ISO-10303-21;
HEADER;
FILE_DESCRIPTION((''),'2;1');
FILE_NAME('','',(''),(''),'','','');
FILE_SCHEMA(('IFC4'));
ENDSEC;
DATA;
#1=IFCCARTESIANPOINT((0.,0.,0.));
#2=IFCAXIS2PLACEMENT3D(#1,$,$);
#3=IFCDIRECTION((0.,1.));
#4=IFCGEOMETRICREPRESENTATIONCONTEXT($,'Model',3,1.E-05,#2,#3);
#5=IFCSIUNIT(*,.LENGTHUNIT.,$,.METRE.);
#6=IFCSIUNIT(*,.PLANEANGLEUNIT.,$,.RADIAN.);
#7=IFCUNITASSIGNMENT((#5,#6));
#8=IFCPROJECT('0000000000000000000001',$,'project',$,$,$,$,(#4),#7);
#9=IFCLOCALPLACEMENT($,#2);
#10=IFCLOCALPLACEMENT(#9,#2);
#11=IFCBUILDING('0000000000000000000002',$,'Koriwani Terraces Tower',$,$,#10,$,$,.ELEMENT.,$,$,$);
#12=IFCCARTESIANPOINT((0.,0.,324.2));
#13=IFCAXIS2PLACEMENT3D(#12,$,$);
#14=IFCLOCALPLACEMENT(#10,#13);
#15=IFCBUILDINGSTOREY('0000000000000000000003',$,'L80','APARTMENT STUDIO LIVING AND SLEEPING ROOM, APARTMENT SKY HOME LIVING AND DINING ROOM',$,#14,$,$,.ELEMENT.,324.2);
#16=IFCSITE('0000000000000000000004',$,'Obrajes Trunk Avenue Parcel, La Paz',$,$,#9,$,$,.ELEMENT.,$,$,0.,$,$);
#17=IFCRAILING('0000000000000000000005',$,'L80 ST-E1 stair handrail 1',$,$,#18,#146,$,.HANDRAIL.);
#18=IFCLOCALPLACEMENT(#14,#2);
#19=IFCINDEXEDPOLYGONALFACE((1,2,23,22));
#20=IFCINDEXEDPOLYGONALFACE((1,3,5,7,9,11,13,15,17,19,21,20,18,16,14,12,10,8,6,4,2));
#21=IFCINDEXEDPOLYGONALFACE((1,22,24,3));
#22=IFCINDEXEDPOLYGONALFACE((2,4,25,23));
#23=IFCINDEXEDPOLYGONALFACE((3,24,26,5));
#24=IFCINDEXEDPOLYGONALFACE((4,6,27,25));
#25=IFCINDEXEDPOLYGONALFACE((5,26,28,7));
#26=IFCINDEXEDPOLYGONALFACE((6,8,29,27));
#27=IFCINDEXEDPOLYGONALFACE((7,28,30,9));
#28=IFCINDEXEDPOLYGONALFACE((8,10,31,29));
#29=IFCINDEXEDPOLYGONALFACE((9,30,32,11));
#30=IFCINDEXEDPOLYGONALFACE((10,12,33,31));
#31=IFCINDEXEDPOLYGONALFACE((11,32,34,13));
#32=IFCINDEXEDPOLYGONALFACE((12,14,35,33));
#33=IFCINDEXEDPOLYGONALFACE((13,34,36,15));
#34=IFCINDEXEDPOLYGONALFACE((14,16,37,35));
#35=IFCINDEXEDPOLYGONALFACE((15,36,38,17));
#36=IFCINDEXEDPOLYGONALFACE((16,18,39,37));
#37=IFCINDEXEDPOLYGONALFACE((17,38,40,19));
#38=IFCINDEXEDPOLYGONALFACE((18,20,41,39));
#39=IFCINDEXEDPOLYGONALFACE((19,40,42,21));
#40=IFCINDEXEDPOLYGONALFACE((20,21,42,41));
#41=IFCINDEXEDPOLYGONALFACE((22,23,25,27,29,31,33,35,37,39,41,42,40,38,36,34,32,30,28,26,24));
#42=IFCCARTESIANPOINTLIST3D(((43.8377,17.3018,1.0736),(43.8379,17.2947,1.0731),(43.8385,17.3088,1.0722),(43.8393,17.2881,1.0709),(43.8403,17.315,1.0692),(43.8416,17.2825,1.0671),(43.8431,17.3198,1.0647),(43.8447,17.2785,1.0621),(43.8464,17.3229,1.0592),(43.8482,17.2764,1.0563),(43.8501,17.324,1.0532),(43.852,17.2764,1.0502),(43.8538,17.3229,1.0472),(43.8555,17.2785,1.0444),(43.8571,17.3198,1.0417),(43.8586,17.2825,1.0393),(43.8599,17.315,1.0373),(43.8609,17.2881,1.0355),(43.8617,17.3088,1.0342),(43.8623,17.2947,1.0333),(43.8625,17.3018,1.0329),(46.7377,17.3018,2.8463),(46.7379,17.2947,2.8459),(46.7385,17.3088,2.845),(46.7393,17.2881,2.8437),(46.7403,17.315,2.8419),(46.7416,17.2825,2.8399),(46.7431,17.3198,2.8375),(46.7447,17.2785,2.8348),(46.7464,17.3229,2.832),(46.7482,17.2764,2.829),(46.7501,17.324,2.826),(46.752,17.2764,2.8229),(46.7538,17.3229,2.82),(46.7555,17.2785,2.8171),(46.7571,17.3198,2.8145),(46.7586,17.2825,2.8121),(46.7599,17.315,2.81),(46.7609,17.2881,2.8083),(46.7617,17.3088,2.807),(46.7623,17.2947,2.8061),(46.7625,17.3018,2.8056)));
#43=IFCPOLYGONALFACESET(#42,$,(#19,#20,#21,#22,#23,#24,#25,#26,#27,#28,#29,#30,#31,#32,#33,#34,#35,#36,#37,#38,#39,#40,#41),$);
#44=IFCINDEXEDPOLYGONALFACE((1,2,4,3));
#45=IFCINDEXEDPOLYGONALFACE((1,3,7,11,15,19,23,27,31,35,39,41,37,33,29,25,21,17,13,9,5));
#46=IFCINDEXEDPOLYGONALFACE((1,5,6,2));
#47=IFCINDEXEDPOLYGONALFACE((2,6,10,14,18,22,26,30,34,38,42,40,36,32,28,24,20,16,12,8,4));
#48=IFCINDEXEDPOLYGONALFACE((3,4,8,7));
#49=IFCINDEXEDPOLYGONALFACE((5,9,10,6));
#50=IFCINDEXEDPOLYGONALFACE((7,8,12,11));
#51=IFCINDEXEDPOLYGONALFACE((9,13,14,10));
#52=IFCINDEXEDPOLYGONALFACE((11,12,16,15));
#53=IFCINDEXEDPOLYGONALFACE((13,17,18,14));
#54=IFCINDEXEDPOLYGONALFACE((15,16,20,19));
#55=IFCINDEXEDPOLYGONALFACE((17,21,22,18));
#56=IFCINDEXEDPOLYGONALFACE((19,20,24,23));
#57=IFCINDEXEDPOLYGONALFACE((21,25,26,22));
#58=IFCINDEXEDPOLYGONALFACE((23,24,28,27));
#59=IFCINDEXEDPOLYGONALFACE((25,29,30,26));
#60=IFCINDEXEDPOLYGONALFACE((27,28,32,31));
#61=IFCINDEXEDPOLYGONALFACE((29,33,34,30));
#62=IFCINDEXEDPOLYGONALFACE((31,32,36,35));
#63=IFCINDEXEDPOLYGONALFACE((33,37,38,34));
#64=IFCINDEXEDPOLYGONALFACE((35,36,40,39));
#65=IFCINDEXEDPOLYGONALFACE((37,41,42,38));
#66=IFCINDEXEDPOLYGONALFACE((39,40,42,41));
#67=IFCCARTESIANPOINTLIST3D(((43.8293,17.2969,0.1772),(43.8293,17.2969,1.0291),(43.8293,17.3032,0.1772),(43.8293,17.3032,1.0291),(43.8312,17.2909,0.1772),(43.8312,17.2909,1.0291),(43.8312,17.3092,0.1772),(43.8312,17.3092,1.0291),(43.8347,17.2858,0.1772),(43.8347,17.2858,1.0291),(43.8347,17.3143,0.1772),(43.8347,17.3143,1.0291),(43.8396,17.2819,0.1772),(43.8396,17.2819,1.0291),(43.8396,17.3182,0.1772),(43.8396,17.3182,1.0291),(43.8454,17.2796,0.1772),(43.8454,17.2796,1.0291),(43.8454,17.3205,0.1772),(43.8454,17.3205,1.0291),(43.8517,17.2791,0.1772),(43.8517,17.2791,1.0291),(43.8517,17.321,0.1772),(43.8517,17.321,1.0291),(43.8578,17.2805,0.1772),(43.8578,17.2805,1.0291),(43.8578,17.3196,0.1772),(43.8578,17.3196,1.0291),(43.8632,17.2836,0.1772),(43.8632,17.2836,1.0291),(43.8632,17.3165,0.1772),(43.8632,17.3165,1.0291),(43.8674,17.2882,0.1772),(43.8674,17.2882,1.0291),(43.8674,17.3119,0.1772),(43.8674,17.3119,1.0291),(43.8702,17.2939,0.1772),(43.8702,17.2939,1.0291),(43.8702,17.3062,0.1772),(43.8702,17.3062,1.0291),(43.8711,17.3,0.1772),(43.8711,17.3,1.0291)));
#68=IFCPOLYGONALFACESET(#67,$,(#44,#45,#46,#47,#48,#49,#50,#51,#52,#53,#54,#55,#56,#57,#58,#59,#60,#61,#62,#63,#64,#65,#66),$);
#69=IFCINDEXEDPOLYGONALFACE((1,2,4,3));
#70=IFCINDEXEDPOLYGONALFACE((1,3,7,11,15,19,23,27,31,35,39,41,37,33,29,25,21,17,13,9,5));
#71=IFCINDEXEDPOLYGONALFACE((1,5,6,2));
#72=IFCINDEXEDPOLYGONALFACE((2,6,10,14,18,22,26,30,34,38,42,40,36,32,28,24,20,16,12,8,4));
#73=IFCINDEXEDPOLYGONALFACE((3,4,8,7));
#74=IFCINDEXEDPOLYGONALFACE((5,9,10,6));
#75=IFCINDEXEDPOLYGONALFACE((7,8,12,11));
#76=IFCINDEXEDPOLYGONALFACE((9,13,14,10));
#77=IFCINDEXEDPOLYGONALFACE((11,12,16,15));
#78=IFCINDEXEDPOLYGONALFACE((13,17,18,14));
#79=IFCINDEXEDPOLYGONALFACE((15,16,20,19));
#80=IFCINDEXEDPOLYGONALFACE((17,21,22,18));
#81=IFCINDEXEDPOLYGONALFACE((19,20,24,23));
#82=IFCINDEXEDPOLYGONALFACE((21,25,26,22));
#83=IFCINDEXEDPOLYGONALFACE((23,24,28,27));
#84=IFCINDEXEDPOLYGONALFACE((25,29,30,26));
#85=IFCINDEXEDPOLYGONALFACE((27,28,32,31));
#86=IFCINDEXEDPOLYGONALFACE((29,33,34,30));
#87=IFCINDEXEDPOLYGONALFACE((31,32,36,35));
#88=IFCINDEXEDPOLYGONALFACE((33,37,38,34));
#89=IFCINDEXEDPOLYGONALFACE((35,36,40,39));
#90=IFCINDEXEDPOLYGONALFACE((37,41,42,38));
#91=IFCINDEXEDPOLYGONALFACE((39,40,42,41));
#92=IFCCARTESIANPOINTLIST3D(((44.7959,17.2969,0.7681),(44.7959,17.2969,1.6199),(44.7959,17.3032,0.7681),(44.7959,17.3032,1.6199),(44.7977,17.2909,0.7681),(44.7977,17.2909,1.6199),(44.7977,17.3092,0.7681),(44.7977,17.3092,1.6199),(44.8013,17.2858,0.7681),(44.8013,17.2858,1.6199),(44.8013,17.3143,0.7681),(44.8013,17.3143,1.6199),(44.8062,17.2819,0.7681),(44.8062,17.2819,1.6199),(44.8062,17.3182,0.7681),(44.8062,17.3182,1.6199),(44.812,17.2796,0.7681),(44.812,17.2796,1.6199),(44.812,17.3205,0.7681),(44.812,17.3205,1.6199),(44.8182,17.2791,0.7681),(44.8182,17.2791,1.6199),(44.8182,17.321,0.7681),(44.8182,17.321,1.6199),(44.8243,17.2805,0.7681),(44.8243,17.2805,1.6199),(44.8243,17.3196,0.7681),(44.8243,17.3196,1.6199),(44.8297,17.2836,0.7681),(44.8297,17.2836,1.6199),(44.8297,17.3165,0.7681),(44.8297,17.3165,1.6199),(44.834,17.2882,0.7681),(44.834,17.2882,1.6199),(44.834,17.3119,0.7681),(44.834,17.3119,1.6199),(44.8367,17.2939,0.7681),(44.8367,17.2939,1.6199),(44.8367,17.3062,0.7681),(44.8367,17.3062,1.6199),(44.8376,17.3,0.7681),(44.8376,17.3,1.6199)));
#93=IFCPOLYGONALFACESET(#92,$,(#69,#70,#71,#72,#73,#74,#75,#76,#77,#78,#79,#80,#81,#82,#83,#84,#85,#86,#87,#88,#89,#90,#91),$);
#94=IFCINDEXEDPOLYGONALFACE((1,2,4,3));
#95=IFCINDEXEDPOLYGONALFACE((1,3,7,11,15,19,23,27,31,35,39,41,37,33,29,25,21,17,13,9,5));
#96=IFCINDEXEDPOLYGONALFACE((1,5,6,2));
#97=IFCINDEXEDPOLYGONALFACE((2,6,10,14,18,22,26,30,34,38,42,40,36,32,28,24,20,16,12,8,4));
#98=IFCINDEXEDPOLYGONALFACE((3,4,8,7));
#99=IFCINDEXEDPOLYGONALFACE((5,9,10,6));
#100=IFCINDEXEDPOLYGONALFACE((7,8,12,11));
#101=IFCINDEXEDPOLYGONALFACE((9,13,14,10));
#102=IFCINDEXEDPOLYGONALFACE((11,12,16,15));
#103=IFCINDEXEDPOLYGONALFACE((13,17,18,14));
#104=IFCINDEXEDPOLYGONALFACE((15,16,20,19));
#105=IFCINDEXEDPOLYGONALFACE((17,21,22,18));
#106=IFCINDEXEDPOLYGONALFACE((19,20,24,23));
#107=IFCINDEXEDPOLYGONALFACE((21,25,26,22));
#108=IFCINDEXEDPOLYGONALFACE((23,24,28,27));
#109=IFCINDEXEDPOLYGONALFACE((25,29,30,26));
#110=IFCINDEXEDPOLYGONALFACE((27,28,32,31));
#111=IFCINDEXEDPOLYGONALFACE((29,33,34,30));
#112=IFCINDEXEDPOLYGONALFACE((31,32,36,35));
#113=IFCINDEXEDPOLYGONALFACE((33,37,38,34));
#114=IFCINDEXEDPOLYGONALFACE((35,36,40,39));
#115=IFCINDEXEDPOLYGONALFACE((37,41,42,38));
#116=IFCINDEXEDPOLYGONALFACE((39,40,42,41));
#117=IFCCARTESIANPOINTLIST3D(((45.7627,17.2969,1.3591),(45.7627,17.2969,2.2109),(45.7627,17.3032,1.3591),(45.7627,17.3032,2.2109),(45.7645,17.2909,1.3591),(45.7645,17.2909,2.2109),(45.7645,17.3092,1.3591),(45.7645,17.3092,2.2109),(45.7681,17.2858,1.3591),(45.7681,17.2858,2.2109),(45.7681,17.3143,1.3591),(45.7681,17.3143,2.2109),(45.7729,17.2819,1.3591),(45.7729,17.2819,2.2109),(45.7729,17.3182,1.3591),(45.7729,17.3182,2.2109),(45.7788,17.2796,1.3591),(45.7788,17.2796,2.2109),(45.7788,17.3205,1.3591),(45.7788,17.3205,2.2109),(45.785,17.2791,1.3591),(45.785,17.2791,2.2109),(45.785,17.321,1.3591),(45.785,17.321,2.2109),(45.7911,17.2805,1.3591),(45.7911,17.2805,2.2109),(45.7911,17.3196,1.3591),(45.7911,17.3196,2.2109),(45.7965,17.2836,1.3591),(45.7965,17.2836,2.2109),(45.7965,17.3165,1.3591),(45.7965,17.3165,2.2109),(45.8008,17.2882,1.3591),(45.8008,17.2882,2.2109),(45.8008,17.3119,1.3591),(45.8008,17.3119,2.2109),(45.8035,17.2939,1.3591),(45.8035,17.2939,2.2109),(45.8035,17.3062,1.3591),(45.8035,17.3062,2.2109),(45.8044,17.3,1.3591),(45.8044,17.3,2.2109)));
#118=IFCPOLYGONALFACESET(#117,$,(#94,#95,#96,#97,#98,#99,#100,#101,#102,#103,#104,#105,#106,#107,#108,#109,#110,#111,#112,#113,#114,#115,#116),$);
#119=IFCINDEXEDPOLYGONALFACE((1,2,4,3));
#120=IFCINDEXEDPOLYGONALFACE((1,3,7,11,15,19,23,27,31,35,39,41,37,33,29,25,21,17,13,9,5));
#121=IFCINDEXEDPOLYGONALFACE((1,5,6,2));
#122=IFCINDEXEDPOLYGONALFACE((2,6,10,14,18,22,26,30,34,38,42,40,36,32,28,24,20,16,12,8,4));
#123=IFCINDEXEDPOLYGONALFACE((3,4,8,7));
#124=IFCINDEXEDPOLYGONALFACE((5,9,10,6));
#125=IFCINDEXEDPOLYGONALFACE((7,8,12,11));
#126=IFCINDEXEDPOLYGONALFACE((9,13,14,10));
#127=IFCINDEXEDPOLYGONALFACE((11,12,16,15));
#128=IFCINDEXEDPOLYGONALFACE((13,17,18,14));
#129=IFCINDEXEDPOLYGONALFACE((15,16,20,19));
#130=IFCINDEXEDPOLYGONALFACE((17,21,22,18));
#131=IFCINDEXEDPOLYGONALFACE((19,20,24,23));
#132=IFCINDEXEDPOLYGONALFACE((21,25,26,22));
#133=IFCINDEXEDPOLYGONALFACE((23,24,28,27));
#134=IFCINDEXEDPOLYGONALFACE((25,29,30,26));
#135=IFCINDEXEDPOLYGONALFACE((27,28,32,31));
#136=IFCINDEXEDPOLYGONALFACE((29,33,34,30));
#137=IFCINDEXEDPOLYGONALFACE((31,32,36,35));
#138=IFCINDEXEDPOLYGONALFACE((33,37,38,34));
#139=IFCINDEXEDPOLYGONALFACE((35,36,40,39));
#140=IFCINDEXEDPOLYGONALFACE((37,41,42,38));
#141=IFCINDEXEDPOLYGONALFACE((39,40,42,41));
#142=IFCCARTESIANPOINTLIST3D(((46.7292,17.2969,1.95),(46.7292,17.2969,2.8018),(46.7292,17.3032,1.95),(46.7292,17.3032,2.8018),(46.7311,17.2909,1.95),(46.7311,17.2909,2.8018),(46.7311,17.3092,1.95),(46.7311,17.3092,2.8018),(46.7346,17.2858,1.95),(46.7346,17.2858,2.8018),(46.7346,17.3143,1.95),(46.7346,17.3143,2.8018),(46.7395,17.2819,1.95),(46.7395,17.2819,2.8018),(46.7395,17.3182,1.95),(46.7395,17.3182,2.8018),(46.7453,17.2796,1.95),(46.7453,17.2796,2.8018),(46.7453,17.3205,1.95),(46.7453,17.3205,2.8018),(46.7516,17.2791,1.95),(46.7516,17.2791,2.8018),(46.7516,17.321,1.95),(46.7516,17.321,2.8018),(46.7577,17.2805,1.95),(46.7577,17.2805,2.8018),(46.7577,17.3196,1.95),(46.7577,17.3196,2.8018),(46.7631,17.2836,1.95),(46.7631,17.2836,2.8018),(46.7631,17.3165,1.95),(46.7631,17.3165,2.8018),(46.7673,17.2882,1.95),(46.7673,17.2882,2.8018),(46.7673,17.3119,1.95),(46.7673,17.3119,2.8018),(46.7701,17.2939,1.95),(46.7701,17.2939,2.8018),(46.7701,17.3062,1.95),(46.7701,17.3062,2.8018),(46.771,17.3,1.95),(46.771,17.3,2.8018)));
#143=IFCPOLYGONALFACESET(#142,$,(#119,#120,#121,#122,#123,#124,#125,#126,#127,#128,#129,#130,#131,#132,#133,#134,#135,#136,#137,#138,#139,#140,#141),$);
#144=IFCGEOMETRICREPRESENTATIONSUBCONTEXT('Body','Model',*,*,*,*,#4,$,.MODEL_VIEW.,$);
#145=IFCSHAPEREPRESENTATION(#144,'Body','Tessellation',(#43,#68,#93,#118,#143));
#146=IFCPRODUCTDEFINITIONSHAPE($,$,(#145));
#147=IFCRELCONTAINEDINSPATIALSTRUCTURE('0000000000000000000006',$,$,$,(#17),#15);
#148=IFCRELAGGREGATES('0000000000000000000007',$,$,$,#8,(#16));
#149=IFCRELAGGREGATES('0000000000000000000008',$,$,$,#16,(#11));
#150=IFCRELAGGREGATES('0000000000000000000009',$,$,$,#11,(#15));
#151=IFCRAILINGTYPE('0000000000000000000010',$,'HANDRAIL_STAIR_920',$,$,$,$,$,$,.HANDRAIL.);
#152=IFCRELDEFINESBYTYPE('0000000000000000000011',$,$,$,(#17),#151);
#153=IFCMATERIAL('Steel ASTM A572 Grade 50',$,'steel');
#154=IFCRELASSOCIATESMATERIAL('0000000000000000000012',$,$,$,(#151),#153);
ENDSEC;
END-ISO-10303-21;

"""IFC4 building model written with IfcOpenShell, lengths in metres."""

from ifc_helpers import new_model, si_unit, direction, frame, origin, origin_2d, place, context, subcontext, project, spatial, circle, extrude, material, type_object, element, save


model = new_model("IFC4")

# Units and contexts
model_context = context("Model", 3, precision=1e-05, world=origin(), true_north=direction((0.0, 1.0)))
body_context = subcontext(model_context, "Body", "Model", "MODEL_VIEW")
ifc_project = project(units=[si_unit("LENGTHUNIT", "METRE"), si_unit("PLANEANGLEUNIT", "RADIAN")], contexts=[model_context])

# Site, building, storey
site_placement = place(None, origin())
site = spatial("IfcSite", under=ifc_project, at=site_placement, Name="Obrajes Trunk Avenue Parcel, La Paz", CompositionType="ELEMENT", RefElevation=0.0)
building_placement = place(site_placement, origin())
building = spatial("IfcBuilding", under=site, at=building_placement, Name="Koriwani Terraces Tower", CompositionType="ELEMENT")
storey_placement = place(building_placement, frame((0.0, 0.0, 324.2)))
storey = spatial("IfcBuildingStorey", under=building, at=storey_placement, Name="L80", Description="APARTMENT STUDIO LIVING AND SLEEPING ROOM, APARTMENT SKY HOME LIVING AND DINING ROOM", CompositionType="ELEMENT", Elevation=324.2)

# Shared definitions
ifc_material_1 = material(Name="Steel ASTM A572 Grade 50", Category="steel")

# Railing
railing_type_1 = type_object("IfcRailingType", Name="HANDRAIL_STAIR_920", PredefinedType="HANDRAIL", material=ifc_material_1)
railing_1_placement = place(storey_placement, frame((43.8501, 17.3, 0.1772)))
element("IfcRailing", 1, at=railing_1_placement, inside=storey, type_object=railing_type_1, Name="L80 ST-E1 stair handrail 1", PredefinedType="HANDRAIL", context=body_context, shape_type="SweptSolid", body=[
    extrude(circle(Radius=0.0239, at=origin_2d()), frame((0.0, 0.0, 0.876), z_axis=(0.853211, 0.0, 0.521566), x_axis=(0.0, 1.0, 0.0)), (0.0, 0.0, 1.0), 3.3989),
    extrude(circle(Radius=0.021, at=origin_2d()), origin(), (0.0, 0.0, 1.0), 0.8518),
    extrude(circle(Radius=0.021, at=origin_2d()), frame((0.9666, 0.0, 0.5908)), (0.0, 0.0, 1.0), 0.8518),
    extrude(circle(Radius=0.021, at=origin_2d()), frame((1.9333, 0.0, 1.1819)), (0.0, 0.0, 1.0), 0.8518),
    extrude(circle(Radius=0.021, at=origin_2d()), frame((2.8999, 0.0, 1.7727)), (0.0, 0.0, 1.0), 0.8518),
])

save(model, "model.ifc")
